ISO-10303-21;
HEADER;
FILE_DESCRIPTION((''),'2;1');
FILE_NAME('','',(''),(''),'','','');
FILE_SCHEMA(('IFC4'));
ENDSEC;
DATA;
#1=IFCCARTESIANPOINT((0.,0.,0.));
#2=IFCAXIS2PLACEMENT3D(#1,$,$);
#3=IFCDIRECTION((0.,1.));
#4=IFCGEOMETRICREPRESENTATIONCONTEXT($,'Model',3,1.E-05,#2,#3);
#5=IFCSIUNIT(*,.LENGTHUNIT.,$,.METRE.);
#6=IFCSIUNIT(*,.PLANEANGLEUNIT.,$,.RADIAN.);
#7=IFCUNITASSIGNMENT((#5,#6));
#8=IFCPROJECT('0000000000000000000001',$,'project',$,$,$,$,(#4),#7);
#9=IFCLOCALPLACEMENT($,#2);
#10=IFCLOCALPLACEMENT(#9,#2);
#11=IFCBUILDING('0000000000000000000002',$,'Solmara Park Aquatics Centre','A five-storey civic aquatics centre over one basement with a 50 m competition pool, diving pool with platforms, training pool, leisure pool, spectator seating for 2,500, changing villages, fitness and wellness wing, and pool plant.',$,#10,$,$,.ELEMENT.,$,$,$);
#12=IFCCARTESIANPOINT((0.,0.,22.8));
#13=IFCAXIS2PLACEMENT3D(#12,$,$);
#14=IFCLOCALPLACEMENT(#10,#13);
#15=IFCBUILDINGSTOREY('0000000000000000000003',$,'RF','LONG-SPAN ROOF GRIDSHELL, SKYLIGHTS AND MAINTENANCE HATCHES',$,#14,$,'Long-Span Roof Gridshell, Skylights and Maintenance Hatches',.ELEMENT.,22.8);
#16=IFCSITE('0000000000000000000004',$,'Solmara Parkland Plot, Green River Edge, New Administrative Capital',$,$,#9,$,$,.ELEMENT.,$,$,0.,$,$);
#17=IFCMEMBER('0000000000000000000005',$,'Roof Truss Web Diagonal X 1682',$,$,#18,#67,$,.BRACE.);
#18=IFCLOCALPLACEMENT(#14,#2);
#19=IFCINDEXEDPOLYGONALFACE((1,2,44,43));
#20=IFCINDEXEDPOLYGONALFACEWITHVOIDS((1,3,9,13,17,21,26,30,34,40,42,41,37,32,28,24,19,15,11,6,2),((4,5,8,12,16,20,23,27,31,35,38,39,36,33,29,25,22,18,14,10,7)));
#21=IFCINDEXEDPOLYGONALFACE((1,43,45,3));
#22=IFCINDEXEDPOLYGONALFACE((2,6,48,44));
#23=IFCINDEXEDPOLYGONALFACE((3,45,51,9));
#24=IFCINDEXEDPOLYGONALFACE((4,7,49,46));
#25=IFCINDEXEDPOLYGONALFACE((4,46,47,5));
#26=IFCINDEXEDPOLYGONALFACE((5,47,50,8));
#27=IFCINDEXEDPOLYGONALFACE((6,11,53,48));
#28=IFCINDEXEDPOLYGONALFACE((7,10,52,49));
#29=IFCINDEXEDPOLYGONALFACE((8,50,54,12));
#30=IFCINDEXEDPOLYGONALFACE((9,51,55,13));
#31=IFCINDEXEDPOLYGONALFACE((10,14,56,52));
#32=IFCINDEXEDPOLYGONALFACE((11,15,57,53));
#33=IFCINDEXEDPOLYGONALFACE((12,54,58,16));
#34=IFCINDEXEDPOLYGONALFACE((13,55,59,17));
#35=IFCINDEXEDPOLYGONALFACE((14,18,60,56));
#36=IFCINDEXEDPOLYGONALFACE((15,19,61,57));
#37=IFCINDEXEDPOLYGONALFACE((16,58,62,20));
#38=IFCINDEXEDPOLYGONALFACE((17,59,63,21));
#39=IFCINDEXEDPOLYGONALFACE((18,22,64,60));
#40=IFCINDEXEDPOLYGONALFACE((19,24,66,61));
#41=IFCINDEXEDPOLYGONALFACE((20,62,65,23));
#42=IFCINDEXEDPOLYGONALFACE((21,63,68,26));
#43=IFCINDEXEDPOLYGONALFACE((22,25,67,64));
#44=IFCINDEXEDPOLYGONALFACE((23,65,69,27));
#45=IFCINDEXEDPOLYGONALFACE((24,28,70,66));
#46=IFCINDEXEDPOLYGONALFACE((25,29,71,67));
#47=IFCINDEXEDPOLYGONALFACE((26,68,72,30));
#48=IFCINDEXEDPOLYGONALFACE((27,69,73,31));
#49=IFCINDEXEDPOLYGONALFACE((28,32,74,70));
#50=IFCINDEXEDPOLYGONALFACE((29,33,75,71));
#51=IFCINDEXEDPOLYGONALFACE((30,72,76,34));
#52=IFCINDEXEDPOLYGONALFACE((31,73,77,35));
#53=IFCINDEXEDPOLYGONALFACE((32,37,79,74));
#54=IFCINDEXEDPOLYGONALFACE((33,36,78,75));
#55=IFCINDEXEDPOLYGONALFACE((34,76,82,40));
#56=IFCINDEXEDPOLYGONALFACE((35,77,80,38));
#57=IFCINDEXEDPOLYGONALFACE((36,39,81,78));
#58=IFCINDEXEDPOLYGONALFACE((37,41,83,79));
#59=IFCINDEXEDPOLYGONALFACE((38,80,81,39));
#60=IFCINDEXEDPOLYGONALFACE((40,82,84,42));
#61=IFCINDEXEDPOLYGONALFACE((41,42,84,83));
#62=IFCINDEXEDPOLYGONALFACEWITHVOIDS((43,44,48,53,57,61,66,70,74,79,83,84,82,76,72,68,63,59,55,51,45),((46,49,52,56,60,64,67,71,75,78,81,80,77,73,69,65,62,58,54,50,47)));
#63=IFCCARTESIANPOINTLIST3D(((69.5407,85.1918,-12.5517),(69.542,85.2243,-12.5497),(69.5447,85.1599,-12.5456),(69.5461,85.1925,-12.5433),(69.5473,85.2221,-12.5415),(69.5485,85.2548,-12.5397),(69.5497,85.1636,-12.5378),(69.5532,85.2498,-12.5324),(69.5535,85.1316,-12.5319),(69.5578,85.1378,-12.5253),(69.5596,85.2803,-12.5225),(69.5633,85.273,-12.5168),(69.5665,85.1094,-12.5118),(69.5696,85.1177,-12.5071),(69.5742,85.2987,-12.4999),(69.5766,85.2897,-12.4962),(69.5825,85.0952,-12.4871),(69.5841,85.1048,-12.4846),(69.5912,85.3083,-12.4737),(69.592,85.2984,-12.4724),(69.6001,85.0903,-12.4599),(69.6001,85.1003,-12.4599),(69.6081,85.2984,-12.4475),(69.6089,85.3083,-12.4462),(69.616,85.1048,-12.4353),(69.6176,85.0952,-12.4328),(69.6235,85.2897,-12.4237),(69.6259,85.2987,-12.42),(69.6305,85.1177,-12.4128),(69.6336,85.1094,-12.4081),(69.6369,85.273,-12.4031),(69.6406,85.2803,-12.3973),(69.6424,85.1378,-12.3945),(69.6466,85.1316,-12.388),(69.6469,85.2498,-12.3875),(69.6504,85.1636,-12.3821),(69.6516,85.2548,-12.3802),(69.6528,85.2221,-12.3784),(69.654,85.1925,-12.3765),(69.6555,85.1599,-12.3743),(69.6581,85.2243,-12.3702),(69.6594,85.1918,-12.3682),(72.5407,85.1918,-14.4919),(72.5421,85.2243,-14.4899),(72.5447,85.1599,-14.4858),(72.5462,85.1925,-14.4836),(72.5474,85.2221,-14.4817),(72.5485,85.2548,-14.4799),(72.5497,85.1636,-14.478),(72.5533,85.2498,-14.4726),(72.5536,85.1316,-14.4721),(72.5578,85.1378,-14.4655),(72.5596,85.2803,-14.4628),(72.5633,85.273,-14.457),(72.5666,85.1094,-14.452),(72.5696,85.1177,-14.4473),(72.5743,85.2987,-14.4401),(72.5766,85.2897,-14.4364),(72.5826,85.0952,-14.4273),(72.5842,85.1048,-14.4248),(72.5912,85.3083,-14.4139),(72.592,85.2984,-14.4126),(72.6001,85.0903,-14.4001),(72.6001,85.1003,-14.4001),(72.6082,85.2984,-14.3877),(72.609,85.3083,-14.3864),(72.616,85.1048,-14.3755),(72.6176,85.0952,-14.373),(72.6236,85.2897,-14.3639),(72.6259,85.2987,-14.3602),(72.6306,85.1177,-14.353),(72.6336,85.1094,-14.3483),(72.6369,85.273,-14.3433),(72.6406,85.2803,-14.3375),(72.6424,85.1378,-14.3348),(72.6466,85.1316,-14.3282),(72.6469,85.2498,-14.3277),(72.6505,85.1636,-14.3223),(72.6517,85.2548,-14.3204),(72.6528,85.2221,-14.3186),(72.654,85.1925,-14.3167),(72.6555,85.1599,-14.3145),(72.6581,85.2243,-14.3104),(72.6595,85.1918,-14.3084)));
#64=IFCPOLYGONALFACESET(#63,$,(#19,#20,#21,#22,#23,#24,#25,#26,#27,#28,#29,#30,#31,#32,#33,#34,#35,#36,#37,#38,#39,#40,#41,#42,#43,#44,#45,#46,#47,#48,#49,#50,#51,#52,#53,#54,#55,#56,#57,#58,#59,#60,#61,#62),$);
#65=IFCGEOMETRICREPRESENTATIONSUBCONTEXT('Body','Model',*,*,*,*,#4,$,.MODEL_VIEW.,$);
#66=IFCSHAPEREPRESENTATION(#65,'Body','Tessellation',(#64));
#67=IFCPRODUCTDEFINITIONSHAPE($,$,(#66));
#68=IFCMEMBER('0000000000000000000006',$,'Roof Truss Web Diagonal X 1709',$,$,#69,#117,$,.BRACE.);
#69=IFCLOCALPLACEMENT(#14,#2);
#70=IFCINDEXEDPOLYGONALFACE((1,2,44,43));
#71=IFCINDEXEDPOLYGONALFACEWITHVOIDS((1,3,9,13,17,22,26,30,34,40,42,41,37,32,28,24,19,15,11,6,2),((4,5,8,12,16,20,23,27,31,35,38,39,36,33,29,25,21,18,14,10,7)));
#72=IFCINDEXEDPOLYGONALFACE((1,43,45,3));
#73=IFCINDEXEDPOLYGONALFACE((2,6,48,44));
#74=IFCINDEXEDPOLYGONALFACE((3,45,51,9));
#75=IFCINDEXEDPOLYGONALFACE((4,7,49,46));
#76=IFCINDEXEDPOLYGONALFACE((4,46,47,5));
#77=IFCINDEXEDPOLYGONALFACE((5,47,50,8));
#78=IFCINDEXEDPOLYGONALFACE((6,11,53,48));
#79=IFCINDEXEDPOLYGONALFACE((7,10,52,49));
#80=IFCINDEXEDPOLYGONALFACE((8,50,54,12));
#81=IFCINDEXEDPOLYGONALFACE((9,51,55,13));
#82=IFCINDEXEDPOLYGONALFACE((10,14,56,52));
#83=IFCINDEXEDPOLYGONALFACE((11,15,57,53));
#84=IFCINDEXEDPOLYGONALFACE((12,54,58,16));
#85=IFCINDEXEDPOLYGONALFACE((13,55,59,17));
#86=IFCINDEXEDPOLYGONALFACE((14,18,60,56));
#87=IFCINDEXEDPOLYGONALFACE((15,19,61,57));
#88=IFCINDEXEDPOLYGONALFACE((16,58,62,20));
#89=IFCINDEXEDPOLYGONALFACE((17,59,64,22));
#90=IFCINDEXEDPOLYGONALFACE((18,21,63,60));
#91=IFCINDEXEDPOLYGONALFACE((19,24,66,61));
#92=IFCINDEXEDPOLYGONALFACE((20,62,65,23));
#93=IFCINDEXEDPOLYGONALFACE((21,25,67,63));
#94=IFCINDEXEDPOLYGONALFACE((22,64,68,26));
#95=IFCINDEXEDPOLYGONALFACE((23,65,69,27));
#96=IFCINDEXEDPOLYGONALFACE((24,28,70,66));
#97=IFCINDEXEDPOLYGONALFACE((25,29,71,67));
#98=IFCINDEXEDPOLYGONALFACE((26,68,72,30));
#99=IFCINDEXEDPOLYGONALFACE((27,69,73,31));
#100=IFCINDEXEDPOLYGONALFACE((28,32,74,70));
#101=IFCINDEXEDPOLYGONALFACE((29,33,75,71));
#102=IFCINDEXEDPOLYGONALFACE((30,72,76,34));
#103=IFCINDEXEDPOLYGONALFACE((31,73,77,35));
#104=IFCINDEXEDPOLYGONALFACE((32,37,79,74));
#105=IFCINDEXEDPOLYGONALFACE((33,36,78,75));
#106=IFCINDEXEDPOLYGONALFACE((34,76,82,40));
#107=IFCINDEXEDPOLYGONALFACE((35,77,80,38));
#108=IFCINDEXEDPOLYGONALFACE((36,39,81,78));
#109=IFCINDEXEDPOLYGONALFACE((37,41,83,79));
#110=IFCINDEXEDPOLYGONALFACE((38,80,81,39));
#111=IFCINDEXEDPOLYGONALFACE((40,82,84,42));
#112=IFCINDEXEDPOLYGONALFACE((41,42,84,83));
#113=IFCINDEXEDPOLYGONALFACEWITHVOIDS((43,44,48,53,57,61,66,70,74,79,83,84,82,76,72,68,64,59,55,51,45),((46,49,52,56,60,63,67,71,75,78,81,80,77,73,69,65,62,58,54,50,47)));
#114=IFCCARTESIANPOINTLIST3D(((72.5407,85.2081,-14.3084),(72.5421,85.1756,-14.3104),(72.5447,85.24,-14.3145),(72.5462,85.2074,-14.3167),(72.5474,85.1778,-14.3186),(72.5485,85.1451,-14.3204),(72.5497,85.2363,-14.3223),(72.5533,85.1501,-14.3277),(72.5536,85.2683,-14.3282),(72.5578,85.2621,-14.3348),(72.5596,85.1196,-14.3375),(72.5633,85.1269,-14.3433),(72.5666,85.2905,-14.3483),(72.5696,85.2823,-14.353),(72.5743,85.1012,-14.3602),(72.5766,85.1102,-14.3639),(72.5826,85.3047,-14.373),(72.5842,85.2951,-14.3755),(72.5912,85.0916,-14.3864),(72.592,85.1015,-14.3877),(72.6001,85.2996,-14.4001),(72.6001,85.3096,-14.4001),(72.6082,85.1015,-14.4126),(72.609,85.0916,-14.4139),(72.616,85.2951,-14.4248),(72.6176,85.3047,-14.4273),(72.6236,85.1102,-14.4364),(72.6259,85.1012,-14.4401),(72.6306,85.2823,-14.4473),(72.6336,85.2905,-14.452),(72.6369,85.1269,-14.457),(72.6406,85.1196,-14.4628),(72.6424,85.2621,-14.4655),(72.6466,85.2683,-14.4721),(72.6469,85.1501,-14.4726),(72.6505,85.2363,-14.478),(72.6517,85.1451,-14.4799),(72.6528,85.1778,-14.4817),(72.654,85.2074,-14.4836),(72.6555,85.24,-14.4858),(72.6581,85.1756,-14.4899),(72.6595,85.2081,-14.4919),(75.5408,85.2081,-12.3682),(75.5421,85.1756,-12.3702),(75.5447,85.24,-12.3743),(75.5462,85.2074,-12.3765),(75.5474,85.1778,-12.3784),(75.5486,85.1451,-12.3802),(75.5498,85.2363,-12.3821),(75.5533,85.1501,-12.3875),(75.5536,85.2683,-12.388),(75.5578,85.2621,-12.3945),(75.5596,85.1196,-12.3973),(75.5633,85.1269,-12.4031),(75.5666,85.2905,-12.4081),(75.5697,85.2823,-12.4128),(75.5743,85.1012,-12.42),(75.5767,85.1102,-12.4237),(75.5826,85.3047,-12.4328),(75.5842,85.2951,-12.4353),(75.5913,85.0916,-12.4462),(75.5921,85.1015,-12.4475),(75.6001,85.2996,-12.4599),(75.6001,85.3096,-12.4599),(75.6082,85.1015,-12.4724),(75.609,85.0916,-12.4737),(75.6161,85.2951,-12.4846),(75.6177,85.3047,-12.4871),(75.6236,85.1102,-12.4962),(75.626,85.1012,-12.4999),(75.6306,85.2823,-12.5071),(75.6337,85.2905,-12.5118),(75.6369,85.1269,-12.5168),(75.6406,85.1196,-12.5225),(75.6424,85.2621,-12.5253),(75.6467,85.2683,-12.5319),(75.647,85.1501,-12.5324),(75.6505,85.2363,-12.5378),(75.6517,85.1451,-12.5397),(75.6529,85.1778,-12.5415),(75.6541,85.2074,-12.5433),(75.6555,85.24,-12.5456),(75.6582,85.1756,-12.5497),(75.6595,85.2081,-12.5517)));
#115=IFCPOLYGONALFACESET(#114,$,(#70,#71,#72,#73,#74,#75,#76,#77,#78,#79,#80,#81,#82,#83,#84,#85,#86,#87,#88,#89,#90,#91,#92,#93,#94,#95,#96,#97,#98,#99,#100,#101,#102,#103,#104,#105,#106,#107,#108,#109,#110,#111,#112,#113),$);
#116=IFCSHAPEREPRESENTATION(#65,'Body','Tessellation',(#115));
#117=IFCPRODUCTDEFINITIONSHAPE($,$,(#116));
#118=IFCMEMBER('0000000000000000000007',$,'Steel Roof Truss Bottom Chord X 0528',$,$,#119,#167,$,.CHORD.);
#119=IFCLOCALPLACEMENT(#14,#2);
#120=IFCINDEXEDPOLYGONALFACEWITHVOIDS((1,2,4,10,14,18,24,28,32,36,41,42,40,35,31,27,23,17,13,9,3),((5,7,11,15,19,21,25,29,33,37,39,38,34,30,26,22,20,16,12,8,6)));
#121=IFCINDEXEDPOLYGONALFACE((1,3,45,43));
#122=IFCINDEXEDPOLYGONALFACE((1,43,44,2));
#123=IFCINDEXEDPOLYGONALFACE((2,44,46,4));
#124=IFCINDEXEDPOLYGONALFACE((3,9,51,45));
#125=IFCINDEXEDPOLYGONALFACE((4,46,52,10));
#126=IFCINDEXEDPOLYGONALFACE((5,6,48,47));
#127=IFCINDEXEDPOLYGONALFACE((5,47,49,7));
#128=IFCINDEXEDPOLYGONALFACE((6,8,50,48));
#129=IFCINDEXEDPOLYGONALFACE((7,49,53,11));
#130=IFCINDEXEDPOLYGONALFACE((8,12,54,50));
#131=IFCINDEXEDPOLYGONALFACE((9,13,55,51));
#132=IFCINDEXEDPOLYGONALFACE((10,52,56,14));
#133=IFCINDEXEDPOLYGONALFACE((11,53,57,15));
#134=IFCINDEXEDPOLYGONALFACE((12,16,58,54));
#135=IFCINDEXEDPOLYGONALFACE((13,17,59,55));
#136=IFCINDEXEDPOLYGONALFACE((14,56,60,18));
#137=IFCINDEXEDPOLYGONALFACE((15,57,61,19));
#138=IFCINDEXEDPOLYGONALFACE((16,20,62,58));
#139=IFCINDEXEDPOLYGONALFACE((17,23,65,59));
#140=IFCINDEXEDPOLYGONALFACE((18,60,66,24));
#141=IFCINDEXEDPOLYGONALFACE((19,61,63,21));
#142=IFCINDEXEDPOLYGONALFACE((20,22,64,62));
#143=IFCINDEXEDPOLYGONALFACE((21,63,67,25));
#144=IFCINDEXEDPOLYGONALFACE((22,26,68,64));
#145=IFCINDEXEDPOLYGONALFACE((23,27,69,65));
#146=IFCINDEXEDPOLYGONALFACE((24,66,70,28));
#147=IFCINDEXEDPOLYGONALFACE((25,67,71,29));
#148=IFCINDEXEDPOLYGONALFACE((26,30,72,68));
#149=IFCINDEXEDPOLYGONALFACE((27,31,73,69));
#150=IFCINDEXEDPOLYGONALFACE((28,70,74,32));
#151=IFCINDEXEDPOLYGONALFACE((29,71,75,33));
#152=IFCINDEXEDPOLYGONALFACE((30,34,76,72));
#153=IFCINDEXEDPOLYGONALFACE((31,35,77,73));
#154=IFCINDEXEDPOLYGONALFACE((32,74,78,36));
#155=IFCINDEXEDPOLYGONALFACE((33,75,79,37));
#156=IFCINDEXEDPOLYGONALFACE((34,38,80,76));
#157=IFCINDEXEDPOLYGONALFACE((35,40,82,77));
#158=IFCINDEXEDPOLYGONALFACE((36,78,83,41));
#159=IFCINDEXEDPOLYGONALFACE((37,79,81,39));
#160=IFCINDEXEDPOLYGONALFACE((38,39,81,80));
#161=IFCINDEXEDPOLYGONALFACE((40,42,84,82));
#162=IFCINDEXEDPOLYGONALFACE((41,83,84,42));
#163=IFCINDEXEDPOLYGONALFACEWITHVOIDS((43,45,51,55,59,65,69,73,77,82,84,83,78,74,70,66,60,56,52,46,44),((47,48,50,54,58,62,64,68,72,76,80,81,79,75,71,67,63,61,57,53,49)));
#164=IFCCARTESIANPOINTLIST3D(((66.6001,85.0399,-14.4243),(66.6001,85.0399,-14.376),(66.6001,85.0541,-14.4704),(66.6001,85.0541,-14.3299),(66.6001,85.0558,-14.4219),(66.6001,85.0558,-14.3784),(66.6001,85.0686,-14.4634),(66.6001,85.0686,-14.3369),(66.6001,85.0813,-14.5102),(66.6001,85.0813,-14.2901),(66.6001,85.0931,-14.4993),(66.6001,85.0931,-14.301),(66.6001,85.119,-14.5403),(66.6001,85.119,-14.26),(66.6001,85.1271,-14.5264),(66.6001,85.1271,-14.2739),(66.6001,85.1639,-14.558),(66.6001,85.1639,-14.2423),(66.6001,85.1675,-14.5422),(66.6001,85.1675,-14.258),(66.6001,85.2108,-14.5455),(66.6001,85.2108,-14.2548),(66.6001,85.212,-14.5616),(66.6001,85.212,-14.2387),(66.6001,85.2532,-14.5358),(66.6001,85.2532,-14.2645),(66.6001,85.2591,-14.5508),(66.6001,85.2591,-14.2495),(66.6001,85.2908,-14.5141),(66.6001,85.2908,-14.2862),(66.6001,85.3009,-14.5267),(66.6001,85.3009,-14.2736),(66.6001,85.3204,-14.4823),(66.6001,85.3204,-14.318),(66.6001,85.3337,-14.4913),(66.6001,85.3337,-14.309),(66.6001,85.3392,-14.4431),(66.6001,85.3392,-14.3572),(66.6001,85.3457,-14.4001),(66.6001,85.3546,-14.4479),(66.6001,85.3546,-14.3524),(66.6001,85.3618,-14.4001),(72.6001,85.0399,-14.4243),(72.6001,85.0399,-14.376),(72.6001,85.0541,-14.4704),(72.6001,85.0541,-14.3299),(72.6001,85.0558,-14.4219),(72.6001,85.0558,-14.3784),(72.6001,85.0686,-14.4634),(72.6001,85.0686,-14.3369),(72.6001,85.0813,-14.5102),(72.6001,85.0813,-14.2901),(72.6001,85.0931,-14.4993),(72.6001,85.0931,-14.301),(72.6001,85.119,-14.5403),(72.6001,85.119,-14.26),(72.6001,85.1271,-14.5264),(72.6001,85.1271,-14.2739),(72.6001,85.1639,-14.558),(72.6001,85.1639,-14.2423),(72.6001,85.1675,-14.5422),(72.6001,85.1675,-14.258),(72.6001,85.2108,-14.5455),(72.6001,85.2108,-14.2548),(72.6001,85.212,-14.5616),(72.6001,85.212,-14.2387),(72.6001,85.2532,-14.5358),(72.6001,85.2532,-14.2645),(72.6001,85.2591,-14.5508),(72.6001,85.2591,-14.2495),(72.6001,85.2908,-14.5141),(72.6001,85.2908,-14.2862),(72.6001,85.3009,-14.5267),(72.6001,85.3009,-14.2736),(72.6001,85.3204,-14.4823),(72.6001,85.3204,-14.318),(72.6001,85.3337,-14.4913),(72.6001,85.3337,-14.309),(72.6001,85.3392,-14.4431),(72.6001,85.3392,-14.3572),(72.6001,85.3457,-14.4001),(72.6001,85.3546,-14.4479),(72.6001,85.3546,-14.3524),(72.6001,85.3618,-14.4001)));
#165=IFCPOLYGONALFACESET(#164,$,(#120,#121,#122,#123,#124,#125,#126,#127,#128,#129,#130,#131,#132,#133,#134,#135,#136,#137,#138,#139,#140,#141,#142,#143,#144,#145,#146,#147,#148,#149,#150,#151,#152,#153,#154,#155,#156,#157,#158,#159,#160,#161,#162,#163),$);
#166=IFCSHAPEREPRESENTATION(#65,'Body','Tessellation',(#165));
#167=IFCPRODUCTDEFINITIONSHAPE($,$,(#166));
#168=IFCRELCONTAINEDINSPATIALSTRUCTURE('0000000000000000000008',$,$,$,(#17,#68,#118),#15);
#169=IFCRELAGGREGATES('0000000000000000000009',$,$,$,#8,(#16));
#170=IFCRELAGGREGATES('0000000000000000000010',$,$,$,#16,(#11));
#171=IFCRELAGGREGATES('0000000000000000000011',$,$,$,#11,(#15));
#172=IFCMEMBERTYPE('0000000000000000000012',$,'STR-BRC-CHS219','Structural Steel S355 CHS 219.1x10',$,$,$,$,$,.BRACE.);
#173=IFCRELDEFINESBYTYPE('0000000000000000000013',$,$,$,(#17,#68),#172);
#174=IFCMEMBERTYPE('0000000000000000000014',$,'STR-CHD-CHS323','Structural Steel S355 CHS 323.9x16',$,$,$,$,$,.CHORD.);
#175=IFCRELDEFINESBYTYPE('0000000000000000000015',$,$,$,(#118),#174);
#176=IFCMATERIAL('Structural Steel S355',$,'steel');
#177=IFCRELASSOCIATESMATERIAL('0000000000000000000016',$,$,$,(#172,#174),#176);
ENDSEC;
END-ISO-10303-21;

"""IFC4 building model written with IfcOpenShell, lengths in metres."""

from ifc_helpers import new_model, si_unit, direction, frame, origin, origin_2d, place, context, subcontext, project, spatial, hollow_circle, extrude, material, material_profile, profile_set, type_object, element, save


model = new_model("IFC4")

# Units and contexts
model_context = context("Model", 3, precision=1e-05, world=origin(), true_north=direction((0.0, 1.0)))
body_context = subcontext(model_context, "Body", "Model", "MODEL_VIEW")
ifc_project = project(units=[si_unit("LENGTHUNIT", "METRE"), si_unit("PLANEANGLEUNIT", "RADIAN")], contexts=[model_context])

# Site, building, storey
site_placement = place(None, origin())
site = spatial("IfcSite", under=ifc_project, at=site_placement, Name="Solmara Parkland Plot, Green River Edge, New Administrative Capital", CompositionType="ELEMENT", RefElevation=0.0)
building_placement = place(site_placement, origin())
building = spatial("IfcBuilding", under=site, at=building_placement, Name="Solmara Park Aquatics Centre", Description="A five-storey civic aquatics centre over one basement with a 50 m competition pool, diving pool with platforms, training pool, leisure pool, spectator seating for 2,500, changing villages, fitness and wellness wing, and pool plant.", CompositionType="ELEMENT")
storey_placement = place(building_placement, frame((0.0, 0.0, 22.8)))
storey = spatial("IfcBuildingStorey", under=building, at=storey_placement, Name="RF", Description="LONG-SPAN ROOF GRIDSHELL, SKYLIGHTS AND MAINTENANCE HATCHES", LongName="Long-Span Roof Gridshell, Skylights and Maintenance Hatches", CompositionType="ELEMENT", Elevation=22.8)

# Members
ifc_material_1 = material(Name="Structural Steel S355", Category="steel")
ifc_material_profile_1 = material_profile(ifc_material_1, hollow_circle(Radius=0.1096, WallThickness=0.01, at=origin_2d()), Name="CHS 219.1x10")
ifc_profile_set_1 = profile_set([ifc_material_profile_1], Name="Structural Steel S355")
member_type_1 = type_object("IfcMemberType", Name="STR-BRC-CHS219", Description="Structural Steel S355 CHS 219.1x10", PredefinedType="BRACE", material=ifc_profile_set_1)
for number, where, z_axis, x_axis, name in (
    (1, (72.6001, 85.2, -14.4001), (-0.839697, 0.0, 0.543056), (0.0, -1.0, 0.0), "Roof Truss Web Diagonal X 1682"),
    (2, (72.6001, 85.2, -14.4001), (0.839697, 0.0, 0.543056), (0.0, 1.0, 0.0), "Roof Truss Web Diagonal X 1709"),
):
    element("IfcMember", number, at=place(storey_placement, frame(where, z_axis=z_axis, x_axis=x_axis)), inside=storey, type_object=member_type_1, Name=name, PredefinedType="BRACE", context=body_context, shape_type="SweptSolid", body=[
        extrude(hollow_circle(Radius=0.1096, WallThickness=0.01, at=origin_2d()), origin(), (0.0, 0.0, 1.0), 3.5728),
    ])
ifc_material_profile_2 = material_profile(ifc_material_1, hollow_circle(Radius=0.1619, WallThickness=0.0161, at=origin_2d()), Name="CHS 323.9x16")
ifc_profile_set_2 = profile_set([ifc_material_profile_2], Name="Structural Steel S355")
member_type_2 = type_object("IfcMemberType", Name="STR-CHD-CHS323", Description="Structural Steel S355 CHS 323.9x16", PredefinedType="CHORD", material=ifc_profile_set_2)
for number, where, z_axis, x_axis, name in (
    (3, (66.6001, 85.2, -14.4001), (1.0, 0.0, 0.0), (0.0, 1.0, 0.0), "Steel Roof Truss Bottom Chord X 0528"),
):
    element("IfcMember", number, at=place(storey_placement, frame(where, z_axis=z_axis, x_axis=x_axis)), inside=storey, type_object=member_type_2, Name=name, PredefinedType="CHORD", context=body_context, shape_type="SweptSolid", body=[
        extrude(hollow_circle(Radius=0.1619, WallThickness=0.0161, at=origin_2d()), origin(), (0.0, 0.0, 1.0), 6.0),
    ])

save(model, "model.ifc")
